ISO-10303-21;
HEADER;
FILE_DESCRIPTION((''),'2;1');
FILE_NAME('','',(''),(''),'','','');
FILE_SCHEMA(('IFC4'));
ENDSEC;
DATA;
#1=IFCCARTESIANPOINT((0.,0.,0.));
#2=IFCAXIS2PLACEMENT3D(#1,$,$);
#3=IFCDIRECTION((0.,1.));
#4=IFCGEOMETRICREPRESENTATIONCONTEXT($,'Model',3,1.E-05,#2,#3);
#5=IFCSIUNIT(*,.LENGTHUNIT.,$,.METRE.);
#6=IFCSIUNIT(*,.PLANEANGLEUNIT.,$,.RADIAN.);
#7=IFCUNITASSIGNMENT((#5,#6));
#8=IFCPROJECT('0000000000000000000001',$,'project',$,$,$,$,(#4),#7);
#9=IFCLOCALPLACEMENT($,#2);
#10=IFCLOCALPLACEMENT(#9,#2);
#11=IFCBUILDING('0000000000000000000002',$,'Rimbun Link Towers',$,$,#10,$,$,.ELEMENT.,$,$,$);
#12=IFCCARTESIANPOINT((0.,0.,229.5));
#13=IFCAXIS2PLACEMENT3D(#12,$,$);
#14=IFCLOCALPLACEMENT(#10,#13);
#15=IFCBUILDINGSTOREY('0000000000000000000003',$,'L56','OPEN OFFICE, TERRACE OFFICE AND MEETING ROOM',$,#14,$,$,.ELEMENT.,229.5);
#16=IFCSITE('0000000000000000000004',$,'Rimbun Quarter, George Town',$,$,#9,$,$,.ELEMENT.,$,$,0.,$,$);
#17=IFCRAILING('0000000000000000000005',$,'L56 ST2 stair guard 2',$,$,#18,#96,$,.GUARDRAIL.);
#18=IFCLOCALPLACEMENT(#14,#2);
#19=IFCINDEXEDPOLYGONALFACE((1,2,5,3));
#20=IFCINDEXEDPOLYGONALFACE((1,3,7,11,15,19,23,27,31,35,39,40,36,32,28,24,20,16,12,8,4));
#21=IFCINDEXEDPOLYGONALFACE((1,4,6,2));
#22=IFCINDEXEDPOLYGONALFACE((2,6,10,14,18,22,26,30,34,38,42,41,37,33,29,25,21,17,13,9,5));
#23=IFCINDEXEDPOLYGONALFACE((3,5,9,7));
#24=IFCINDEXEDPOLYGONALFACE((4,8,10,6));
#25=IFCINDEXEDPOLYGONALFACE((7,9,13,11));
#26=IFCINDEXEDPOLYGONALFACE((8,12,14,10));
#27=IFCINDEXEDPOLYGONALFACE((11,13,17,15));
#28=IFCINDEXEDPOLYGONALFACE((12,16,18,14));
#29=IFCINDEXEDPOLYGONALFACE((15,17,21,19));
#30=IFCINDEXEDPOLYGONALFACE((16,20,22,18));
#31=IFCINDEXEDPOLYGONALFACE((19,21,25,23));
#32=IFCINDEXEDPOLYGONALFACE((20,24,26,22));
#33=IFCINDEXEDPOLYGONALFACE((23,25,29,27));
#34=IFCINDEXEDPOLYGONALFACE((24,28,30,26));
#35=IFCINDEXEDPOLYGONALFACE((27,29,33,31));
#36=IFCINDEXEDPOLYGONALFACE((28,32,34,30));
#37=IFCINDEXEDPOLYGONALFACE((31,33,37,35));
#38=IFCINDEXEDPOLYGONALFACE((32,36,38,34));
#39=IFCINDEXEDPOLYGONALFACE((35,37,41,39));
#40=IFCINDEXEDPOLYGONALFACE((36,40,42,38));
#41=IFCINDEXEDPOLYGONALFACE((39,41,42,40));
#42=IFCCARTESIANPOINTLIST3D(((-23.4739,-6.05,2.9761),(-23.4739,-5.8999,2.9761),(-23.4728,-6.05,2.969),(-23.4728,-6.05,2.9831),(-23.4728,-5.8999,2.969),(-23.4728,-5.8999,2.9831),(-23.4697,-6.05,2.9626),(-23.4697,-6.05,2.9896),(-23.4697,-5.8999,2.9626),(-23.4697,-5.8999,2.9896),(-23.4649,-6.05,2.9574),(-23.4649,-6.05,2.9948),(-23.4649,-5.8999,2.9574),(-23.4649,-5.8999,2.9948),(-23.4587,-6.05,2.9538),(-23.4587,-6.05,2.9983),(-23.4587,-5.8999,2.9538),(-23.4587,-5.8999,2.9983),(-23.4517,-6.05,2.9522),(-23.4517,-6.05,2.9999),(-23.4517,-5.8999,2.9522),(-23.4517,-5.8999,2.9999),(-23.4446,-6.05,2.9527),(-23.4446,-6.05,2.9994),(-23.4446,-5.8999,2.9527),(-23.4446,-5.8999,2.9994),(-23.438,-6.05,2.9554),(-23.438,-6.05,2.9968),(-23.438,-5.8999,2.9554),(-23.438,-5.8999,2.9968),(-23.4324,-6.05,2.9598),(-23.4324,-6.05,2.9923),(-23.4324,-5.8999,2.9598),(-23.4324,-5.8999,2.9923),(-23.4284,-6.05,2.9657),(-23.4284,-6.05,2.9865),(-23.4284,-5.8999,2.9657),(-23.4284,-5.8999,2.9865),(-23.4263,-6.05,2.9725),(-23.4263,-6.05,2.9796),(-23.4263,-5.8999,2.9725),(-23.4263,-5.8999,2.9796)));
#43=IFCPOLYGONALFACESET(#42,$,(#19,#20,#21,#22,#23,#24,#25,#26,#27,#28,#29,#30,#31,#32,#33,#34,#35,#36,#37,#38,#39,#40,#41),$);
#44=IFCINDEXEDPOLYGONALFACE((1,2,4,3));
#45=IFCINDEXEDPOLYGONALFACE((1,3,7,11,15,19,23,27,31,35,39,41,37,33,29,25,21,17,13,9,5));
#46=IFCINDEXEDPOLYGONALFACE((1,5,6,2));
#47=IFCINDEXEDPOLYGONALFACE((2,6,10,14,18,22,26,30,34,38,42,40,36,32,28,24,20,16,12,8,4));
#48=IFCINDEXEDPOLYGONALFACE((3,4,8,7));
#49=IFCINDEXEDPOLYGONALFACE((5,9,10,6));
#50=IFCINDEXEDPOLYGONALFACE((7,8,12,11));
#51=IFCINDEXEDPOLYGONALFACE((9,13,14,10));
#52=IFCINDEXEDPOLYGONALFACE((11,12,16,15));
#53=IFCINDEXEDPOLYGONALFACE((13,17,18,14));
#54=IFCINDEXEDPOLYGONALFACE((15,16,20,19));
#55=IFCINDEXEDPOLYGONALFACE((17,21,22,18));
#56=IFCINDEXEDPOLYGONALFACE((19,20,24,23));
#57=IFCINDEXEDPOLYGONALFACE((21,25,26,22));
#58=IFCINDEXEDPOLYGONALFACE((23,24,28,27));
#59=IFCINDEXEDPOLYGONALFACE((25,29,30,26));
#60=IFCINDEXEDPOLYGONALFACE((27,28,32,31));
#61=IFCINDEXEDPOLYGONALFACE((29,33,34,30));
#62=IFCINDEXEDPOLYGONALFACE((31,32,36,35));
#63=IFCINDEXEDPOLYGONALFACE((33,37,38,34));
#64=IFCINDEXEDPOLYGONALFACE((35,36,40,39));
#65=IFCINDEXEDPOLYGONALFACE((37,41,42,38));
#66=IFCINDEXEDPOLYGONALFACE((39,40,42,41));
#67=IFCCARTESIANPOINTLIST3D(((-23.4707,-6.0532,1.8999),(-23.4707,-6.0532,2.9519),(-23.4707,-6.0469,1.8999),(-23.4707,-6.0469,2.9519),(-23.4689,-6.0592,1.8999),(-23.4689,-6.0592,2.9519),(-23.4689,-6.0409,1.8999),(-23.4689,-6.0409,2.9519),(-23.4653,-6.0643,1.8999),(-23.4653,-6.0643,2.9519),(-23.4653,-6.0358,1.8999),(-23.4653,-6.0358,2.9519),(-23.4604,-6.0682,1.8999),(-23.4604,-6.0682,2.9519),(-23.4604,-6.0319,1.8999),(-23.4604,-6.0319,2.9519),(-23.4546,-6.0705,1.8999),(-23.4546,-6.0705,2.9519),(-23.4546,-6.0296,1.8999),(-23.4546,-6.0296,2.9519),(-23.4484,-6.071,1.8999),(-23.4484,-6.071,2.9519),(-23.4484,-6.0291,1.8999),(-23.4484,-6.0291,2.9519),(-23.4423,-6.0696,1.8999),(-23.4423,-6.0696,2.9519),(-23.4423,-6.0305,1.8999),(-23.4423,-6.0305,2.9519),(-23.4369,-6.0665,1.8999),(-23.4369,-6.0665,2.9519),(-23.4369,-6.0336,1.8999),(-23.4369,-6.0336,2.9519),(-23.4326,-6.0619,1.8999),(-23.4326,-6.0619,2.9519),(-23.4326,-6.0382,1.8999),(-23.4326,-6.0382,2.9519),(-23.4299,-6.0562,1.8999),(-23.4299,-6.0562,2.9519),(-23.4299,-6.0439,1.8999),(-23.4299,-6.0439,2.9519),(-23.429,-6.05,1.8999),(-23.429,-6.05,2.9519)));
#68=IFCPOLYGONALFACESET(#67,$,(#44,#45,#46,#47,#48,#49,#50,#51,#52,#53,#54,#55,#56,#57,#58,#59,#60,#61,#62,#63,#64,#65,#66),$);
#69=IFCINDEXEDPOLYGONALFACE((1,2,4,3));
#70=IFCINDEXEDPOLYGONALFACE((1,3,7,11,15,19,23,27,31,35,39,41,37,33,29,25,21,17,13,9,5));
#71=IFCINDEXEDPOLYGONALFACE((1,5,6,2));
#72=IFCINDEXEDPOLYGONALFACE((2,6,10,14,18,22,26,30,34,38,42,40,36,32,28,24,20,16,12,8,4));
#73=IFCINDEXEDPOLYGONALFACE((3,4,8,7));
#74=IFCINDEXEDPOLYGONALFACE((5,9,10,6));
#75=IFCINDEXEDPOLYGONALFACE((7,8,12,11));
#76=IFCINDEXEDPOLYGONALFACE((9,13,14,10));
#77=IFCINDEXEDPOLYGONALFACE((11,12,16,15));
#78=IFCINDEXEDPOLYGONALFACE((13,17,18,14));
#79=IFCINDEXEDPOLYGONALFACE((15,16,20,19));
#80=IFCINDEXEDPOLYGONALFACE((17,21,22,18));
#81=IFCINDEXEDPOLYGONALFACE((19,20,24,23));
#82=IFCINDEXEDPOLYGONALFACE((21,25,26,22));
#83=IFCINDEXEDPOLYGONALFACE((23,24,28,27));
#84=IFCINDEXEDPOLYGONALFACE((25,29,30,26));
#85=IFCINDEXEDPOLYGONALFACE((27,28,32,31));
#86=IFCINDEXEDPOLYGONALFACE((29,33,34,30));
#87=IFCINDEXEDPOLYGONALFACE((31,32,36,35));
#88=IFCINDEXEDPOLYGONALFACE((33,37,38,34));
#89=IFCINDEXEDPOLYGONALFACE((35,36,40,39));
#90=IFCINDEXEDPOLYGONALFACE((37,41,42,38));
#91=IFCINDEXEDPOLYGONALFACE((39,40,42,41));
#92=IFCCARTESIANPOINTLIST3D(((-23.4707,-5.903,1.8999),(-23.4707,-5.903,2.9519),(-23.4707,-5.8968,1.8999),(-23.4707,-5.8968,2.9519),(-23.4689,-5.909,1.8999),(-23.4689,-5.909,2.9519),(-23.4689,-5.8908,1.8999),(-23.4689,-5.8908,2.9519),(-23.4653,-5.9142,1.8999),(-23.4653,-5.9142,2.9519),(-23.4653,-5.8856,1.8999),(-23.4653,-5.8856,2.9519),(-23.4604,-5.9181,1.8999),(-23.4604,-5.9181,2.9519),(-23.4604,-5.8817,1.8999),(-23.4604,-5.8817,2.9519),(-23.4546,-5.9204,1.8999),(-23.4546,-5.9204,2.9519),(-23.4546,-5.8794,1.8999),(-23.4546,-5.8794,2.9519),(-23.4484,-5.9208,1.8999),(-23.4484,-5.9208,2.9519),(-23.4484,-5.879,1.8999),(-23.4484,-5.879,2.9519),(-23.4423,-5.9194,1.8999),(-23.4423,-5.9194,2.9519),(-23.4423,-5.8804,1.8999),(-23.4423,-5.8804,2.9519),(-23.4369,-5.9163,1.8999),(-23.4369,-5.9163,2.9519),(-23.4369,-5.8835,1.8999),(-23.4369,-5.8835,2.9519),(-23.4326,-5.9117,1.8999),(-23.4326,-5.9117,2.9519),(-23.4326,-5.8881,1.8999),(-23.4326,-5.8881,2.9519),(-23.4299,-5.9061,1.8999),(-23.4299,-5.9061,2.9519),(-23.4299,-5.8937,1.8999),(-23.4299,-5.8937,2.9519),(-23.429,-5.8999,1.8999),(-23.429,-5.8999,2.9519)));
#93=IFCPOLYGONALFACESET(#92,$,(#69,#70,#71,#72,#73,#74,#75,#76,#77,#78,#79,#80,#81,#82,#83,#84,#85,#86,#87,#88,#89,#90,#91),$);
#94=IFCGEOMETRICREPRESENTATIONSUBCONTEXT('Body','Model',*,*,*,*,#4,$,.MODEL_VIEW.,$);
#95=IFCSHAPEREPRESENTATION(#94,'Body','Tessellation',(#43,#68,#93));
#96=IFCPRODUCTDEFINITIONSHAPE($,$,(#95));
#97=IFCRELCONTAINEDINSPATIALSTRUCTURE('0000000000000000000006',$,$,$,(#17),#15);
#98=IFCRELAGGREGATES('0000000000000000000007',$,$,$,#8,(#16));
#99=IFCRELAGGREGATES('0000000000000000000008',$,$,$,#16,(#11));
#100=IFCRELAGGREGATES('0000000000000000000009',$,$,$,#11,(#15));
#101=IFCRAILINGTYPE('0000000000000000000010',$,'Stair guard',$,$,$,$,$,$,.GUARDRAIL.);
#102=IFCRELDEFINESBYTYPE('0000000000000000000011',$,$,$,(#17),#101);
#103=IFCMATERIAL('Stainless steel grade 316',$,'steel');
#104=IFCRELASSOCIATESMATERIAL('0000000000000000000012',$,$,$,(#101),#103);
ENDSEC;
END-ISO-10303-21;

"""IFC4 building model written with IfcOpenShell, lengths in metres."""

from ifc_helpers import new_model, si_unit, direction, frame, origin, origin_2d, place, context, subcontext, project, spatial, circle, extrude, material, type_object, element, save


model = new_model("IFC4")

# Units and contexts
model_context = context("Model", 3, precision=1e-05, world=origin(), true_north=direction((0.0, 1.0)))
body_context = subcontext(model_context, "Body", "Model", "MODEL_VIEW")
ifc_project = project(units=[si_unit("LENGTHUNIT", "METRE"), si_unit("PLANEANGLEUNIT", "RADIAN")], contexts=[model_context])

# Site, building, storey
site_placement = place(None, origin())
site = spatial("IfcSite", under=ifc_project, at=site_placement, Name="Rimbun Quarter, George Town", CompositionType="ELEMENT", RefElevation=0.0)
building_placement = place(site_placement, origin())
building = spatial("IfcBuilding", under=site, at=building_placement, Name="Rimbun Link Towers", CompositionType="ELEMENT")
storey_placement = place(building_placement, frame((0.0, 0.0, 229.5)))
storey = spatial("IfcBuildingStorey", under=building, at=storey_placement, Name="L56", Description="OPEN OFFICE, TERRACE OFFICE AND MEETING ROOM", CompositionType="ELEMENT", Elevation=229.5)

# Railing
ifc_material_1 = material(Name="Stainless steel grade 316", Category="steel")
railing_type_1 = type_object("IfcRailingType", Name="Stair guard", PredefinedType="GUARDRAIL", material=ifc_material_1)
railing_1_placement = place(storey_placement, frame((-23.45, -6.05, 1.8999)))
element("IfcRailing", 1, at=railing_1_placement, inside=storey, type_object=railing_type_1, Name="L56 ST2 stair guard 2", PredefinedType="GUARDRAIL", context=body_context, shape_type="SweptSolid", body=[
    extrude(circle(Radius=0.0239, at=origin_2d()), frame((0.0, 0.0, 1.0762), z_axis=(0.0, 1.0, 0.0), x_axis=(-1.0, 0.0, 0.0)), (0.0, 0.0, 1.0), 0.1501),
    extrude(circle(Radius=0.021, at=origin_2d()), origin(), (0.0, 0.0, 1.0), 1.052),
    extrude(circle(Radius=0.021, at=origin_2d()), frame((0.0, 0.1501, 0.0)), (0.0, 0.0, 1.0), 1.052),
])

save(model, "model.ifc")
